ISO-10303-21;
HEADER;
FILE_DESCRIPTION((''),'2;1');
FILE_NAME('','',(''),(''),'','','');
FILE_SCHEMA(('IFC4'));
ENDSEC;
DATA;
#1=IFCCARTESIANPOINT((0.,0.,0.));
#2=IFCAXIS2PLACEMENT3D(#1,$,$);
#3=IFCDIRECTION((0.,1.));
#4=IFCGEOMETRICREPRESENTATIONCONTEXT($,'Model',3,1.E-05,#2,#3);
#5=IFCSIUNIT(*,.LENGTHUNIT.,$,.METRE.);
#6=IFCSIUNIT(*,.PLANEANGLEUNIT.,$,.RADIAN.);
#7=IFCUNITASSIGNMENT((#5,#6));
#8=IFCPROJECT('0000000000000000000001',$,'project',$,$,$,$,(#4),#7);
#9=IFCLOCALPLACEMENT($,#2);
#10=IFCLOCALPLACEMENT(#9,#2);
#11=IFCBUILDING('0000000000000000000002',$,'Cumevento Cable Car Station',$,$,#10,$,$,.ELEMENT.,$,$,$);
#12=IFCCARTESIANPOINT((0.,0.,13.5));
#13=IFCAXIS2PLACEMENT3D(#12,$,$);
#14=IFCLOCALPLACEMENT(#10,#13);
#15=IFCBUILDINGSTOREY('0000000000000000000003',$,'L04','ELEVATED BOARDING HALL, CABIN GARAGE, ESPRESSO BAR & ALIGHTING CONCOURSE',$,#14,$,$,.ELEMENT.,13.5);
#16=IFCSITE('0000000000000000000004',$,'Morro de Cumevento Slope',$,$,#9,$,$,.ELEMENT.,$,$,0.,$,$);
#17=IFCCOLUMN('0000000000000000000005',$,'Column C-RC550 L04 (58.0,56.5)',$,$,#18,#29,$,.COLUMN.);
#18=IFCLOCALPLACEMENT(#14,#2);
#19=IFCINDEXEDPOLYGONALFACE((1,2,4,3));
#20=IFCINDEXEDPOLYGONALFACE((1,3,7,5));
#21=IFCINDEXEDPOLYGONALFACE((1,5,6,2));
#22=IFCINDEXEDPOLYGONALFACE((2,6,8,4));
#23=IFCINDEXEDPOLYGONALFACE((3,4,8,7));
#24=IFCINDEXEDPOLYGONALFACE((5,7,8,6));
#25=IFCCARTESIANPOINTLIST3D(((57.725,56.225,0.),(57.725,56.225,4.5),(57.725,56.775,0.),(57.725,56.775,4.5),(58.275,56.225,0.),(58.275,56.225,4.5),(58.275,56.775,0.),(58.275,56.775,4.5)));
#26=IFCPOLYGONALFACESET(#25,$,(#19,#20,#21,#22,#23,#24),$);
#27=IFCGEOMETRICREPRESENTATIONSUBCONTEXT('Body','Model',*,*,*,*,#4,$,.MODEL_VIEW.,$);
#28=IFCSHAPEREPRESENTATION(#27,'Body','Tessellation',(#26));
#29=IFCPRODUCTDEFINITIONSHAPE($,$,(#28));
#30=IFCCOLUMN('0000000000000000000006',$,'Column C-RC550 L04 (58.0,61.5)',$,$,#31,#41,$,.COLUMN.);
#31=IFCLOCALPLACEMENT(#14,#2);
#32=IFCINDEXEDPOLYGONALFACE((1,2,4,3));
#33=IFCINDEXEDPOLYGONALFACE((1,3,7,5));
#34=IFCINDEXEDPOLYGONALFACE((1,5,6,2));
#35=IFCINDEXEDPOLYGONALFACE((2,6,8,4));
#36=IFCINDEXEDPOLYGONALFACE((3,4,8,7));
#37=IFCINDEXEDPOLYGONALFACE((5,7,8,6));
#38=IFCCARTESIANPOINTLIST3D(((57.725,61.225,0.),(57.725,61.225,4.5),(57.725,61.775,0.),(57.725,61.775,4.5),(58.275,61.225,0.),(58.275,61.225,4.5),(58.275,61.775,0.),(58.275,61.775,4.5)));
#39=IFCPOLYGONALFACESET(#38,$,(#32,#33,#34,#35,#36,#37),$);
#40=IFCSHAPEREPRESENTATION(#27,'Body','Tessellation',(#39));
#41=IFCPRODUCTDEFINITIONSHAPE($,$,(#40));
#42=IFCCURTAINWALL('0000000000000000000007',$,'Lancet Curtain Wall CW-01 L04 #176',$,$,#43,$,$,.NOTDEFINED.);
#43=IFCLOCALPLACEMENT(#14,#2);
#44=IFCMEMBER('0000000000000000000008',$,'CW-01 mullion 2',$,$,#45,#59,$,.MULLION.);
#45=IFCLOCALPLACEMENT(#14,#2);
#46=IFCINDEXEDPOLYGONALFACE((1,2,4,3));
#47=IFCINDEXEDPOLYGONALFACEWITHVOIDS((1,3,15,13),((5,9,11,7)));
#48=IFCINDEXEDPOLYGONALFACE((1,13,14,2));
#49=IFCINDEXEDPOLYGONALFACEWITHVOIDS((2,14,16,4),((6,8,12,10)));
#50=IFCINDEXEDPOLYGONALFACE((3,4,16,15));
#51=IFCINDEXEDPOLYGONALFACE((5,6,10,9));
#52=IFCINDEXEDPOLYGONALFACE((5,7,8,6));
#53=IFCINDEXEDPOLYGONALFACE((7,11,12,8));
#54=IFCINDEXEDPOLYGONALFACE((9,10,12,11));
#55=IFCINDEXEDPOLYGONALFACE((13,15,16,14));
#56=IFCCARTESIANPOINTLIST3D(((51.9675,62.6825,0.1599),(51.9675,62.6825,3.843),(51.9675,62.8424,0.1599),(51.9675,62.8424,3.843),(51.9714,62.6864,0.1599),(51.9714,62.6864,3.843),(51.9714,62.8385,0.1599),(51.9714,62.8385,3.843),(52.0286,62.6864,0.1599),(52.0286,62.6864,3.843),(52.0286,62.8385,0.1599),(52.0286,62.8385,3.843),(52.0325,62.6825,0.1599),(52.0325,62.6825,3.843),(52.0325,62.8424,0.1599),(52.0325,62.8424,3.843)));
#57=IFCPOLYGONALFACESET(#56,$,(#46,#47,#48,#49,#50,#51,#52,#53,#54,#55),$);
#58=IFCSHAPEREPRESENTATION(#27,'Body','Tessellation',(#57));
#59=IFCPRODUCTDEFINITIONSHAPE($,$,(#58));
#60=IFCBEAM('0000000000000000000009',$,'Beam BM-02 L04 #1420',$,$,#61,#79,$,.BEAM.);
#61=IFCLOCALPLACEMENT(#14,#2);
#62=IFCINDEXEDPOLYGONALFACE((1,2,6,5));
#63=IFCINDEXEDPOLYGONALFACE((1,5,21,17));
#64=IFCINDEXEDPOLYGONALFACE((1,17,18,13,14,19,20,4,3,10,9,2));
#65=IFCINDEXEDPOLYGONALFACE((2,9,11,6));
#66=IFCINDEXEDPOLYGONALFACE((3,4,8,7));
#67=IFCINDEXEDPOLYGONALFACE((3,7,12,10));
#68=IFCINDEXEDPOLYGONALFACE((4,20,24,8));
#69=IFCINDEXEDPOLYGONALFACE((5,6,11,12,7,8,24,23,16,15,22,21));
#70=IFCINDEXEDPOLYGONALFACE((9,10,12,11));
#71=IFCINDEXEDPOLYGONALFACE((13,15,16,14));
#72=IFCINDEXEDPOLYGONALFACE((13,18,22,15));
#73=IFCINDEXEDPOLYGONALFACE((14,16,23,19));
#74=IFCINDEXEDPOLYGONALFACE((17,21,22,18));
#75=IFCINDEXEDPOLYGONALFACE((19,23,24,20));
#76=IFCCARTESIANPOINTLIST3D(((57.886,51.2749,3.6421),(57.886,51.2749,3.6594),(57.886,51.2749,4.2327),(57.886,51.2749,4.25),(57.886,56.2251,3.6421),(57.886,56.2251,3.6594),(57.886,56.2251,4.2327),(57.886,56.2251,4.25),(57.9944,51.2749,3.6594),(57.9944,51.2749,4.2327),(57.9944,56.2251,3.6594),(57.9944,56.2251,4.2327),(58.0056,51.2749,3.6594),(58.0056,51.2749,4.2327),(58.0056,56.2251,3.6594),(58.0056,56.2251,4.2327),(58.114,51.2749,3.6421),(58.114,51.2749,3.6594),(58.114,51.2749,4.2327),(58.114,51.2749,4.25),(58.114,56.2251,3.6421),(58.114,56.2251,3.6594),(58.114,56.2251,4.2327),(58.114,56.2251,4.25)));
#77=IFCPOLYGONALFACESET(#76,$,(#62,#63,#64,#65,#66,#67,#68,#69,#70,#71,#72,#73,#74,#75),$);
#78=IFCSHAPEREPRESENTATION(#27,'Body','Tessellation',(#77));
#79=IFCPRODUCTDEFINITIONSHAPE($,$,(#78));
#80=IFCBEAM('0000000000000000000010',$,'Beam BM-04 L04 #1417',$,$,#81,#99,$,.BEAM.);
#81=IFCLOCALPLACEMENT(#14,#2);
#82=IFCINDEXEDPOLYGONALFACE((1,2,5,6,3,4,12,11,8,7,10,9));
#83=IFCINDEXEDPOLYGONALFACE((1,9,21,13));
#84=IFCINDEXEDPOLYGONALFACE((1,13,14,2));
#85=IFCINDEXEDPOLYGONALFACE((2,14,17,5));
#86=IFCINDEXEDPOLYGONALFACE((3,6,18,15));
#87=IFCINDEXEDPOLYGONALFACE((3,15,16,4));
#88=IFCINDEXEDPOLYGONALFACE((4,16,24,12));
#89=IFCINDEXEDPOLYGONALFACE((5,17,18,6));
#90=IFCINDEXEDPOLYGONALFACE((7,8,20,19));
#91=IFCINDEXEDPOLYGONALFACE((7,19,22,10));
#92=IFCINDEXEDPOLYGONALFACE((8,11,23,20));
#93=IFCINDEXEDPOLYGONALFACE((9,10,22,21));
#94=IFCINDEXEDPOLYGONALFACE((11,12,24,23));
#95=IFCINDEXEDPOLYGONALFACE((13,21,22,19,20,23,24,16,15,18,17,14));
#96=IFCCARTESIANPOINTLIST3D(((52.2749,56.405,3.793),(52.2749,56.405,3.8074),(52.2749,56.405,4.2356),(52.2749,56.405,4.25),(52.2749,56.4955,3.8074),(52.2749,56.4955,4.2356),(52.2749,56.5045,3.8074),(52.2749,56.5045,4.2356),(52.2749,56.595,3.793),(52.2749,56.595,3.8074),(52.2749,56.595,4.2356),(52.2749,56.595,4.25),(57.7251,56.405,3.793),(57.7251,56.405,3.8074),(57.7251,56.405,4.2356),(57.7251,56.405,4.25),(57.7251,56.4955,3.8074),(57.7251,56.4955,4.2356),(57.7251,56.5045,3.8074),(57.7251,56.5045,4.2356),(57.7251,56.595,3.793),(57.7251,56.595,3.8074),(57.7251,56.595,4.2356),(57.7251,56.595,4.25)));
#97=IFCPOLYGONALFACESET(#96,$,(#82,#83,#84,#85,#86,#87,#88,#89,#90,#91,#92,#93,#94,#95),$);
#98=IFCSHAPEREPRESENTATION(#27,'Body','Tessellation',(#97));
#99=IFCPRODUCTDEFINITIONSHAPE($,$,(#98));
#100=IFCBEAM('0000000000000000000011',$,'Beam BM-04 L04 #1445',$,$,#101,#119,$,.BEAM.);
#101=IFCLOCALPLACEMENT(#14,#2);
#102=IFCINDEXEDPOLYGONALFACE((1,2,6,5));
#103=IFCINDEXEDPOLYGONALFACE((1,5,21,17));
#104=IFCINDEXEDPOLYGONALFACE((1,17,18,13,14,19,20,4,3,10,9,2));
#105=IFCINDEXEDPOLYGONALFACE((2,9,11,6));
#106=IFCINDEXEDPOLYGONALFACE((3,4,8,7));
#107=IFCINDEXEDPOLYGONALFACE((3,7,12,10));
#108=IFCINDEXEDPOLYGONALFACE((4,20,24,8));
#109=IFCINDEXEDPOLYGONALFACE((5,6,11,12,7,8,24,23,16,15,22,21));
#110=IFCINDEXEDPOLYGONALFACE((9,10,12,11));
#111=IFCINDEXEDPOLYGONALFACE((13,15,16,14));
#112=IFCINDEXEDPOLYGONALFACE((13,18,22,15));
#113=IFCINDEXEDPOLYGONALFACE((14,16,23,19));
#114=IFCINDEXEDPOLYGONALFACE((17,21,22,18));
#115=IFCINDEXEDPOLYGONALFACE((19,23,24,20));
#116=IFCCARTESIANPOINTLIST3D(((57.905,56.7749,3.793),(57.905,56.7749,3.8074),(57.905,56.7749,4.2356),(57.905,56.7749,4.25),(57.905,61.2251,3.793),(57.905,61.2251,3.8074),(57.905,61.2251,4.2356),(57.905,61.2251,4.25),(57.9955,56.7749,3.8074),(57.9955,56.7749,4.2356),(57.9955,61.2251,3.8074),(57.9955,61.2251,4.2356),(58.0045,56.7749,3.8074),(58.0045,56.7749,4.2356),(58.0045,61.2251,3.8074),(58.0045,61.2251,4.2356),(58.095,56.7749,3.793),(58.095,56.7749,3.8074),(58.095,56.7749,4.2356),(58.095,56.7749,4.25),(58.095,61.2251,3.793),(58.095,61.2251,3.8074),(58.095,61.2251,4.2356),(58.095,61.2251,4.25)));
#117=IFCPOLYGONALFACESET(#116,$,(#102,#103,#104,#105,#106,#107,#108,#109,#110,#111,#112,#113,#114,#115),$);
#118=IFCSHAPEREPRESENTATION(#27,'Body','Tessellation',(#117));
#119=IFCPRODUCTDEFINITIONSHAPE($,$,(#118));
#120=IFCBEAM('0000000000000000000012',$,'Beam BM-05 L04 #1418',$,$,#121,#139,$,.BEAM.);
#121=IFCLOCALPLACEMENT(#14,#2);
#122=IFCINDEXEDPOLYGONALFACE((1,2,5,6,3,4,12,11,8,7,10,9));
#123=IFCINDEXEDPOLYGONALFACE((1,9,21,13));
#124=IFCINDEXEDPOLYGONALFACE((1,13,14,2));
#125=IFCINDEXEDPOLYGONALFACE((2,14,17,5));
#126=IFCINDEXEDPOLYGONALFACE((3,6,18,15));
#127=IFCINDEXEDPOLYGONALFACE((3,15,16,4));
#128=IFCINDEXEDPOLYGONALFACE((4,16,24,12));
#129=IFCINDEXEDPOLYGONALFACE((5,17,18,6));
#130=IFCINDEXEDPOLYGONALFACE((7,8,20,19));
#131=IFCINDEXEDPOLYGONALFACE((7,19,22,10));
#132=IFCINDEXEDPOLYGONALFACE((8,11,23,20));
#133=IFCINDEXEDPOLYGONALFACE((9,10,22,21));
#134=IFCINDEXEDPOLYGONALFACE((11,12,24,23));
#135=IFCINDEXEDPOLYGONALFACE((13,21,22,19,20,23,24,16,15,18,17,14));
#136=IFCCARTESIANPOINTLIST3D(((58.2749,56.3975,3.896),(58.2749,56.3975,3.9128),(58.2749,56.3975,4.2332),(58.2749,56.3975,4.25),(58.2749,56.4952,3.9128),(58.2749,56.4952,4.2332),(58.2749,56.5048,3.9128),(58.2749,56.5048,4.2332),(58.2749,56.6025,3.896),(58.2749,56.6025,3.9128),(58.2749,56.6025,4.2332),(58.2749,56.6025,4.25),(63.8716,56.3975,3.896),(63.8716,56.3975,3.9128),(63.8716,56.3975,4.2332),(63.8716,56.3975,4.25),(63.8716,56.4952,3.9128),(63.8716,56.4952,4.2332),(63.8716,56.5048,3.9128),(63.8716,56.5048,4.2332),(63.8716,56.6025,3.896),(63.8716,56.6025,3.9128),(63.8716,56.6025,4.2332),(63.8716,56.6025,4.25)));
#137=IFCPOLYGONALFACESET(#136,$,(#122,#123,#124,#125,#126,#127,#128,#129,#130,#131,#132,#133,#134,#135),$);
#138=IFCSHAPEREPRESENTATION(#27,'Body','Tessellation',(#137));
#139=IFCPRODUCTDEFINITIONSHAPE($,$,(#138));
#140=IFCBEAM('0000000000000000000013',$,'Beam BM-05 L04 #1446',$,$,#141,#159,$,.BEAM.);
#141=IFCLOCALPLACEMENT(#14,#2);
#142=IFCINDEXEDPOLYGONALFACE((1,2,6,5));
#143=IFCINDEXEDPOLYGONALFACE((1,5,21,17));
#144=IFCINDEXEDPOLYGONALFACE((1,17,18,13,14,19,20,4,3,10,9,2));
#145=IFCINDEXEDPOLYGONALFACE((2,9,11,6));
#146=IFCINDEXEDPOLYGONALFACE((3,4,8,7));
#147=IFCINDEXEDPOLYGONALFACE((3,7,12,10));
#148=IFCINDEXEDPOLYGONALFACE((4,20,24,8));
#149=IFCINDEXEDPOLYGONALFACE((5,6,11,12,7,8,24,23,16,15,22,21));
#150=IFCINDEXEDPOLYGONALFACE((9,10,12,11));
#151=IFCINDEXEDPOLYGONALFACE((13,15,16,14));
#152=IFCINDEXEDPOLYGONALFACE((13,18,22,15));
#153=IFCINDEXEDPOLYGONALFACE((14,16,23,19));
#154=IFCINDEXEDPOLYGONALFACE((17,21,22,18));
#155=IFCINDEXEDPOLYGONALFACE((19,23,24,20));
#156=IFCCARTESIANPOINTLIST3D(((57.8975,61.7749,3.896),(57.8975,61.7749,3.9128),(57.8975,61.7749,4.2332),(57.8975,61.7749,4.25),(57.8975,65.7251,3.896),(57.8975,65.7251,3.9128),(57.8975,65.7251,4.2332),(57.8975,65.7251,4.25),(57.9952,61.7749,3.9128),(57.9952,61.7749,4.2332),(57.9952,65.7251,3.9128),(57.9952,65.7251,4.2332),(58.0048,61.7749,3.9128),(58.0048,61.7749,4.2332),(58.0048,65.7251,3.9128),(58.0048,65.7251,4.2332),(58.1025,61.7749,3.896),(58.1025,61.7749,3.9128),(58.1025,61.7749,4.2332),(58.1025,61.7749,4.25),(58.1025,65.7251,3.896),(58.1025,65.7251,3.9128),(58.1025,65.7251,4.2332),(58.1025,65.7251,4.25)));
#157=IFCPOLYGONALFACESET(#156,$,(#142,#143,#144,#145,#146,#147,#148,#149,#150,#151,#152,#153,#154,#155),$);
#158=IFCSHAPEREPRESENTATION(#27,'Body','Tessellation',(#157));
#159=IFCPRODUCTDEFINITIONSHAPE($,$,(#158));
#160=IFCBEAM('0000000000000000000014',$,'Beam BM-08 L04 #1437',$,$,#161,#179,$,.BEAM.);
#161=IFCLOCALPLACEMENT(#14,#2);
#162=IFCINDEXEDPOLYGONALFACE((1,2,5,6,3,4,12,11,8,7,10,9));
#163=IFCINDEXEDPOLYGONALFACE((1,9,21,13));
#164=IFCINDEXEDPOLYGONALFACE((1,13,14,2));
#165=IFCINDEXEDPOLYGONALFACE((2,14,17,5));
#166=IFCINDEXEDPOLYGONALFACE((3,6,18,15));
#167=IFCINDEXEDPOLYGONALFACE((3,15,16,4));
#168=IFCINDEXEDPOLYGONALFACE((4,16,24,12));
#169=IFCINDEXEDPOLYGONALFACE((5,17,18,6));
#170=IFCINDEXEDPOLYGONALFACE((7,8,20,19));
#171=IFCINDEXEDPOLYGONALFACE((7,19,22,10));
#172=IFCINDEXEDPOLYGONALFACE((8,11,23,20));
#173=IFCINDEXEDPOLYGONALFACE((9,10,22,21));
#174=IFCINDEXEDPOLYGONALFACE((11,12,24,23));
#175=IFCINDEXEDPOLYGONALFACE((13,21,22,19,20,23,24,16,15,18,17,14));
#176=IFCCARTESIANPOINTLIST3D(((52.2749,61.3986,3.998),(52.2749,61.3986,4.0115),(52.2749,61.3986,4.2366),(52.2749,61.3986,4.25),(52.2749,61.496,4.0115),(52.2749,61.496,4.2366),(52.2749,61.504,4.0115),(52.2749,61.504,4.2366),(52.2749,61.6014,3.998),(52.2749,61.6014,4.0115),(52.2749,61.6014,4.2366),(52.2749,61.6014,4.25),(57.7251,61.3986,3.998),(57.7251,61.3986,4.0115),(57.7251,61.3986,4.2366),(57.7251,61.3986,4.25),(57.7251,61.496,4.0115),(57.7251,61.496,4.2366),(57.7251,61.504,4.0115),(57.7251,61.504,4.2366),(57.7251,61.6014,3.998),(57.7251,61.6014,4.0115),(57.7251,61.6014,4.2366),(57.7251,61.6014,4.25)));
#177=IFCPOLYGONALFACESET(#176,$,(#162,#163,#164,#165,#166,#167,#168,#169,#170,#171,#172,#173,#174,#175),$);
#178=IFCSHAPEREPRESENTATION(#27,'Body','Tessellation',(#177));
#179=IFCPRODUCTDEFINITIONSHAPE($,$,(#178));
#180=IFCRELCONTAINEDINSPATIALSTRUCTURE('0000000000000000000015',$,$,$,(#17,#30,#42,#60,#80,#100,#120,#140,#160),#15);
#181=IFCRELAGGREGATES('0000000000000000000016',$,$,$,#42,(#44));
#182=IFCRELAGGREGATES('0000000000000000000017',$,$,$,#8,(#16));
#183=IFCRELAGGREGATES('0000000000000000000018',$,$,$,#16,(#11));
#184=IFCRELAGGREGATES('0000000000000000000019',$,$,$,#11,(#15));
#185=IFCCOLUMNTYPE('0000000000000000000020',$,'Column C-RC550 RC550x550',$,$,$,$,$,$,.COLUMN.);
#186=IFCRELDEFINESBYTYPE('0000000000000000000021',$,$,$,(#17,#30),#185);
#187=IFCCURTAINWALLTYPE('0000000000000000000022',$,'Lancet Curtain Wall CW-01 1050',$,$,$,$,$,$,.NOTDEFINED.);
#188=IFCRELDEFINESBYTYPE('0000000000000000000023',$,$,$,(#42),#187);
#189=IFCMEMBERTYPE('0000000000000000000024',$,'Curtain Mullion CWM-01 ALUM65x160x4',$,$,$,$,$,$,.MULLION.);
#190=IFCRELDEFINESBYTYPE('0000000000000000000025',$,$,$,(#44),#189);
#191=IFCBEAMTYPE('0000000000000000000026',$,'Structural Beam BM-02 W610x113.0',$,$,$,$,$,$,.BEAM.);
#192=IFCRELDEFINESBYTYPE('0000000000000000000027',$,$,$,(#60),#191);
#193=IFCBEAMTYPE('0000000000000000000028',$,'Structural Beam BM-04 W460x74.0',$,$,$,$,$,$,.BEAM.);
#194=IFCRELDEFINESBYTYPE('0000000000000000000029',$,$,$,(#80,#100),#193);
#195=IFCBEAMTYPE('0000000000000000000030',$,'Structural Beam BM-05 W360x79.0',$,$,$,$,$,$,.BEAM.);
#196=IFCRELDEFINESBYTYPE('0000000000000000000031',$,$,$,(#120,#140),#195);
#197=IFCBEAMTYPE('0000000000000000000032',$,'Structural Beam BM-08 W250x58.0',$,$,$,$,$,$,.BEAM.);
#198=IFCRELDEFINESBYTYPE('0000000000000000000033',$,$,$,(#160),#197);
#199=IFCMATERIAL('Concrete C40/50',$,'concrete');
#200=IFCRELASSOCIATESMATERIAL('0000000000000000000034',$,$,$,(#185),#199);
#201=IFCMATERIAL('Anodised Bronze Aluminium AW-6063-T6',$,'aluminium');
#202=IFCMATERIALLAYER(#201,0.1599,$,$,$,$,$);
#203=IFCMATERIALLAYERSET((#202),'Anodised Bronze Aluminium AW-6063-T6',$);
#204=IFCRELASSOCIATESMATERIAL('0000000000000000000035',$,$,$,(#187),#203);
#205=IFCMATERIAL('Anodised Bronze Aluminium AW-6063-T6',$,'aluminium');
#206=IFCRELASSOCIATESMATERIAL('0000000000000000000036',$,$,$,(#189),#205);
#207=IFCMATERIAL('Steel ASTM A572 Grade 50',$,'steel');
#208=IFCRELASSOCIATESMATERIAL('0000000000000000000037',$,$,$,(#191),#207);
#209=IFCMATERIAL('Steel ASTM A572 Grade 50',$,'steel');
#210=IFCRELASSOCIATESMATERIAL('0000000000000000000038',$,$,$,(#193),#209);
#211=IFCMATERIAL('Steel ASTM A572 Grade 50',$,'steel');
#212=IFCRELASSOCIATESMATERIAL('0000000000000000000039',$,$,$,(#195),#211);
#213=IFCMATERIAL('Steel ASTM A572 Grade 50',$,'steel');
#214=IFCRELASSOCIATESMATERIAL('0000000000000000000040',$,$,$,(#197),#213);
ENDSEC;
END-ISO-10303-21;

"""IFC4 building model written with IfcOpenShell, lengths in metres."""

from ifc_helpers import new_model, si_unit, direction, frame, origin, origin_2d, place, context, subcontext, project, spatial, rectangle, hollow_rectangle, i_section, extrude, material, layer, layer_set, material_profile, profile_set, type_object, element, aggregate, save


model = new_model("IFC4")

# Units and contexts
model_context = context("Model", 3, precision=1e-05, world=origin(), true_north=direction((0.0, 1.0)))
body_context = subcontext(model_context, "Body", "Model", "MODEL_VIEW")
ifc_project = project(units=[si_unit("LENGTHUNIT", "METRE"), si_unit("PLANEANGLEUNIT", "RADIAN")], contexts=[model_context])

# Site, building, storey
site_placement = place(None, origin())
site = spatial("IfcSite", under=ifc_project, at=site_placement, Name="Morro de Cumevento Slope", CompositionType="ELEMENT", RefElevation=0.0)
building_placement = place(site_placement, origin())
building = spatial("IfcBuilding", under=site, at=building_placement, Name="Cumevento Cable Car Station", CompositionType="ELEMENT")
storey_placement = place(building_placement, frame((0.0, 0.0, 13.5)))
storey = spatial("IfcBuildingStorey", under=building, at=storey_placement, Name="L04", Description="ELEVATED BOARDING HALL, CABIN GARAGE, ESPRESSO BAR & ALIGHTING CONCOURSE", CompositionType="ELEMENT", Elevation=13.5)

# Columns
ifc_material_1 = material(Name="Concrete C40/50", Category="concrete")
ifc_material_profile_1 = material_profile(ifc_material_1, rectangle(XDim=0.55, YDim=0.55, at=origin_2d()), Name="RC550x550")
ifc_profile_set_1 = profile_set([ifc_material_profile_1], Name="Concrete C40/50")
column_type = type_object("IfcColumnType", Name="Column C-RC550 RC550x550", PredefinedType="COLUMN", material=ifc_profile_set_1)
for number, where, z_axis, x_axis, name in (
    (1, (58.0, 56.5, 0.0), (0.0, 0.0, 1.0), (1.0, 0.0, 0.0), "Column C-RC550 L04 (58.0,56.5)"),
    (2, (58.0, 61.5, 0.0), (0.0, 0.0, 1.0), (1.0, 0.0, 0.0), "Column C-RC550 L04 (58.0,61.5)"),
):
    element("IfcColumn", number, at=place(storey_placement, frame(where, z_axis=z_axis, x_axis=x_axis)), inside=storey, type_object=column_type, Name=name, PredefinedType="COLUMN", context=body_context, shape_type="SweptSolid", body=[
        extrude(rectangle(XDim=0.55, YDim=0.55, at=origin_2d()), origin(), (0.0, 0.0, 1.0), 4.5),
    ])

# Curtain wall, member
ifc_material_2 = material(Name="Anodised Bronze Aluminium AW-6063-T6", Category="aluminium")
ifc_layer_1 = layer(ifc_material_2, 0.1599)
ifc_layer_set_1 = layer_set([ifc_layer_1], Name="Anodised Bronze Aluminium AW-6063-T6")
curtain_wall_type = type_object("IfcCurtainWallType", Name="Lancet Curtain Wall CW-01 1050", PredefinedType="NOTDEFINED", material=ifc_layer_set_1)
curtain_wall_placement = place(storey_placement, origin())
curtain_wall = element("IfcCurtainWall", 3, at=curtain_wall_placement, inside=storey, type_object=curtain_wall_type, Name="Lancet Curtain Wall CW-01 L04 #176", PredefinedType="NOTDEFINED")
ifc_material_3 = material(Name="Anodised Bronze Aluminium AW-6063-T6", Category="aluminium")
ifc_material_profile_2 = material_profile(ifc_material_3, hollow_rectangle(XDim=0.0649, YDim=0.1599, WallThickness=0.0039, at=origin_2d()), Name="ALUM65x160x4")
ifc_profile_set_2 = profile_set([ifc_material_profile_2], Name="Anodised Bronze Aluminium AW-6063-T6")
member_type = type_object("IfcMemberType", Name="Curtain Mullion CWM-01 ALUM65x160x4", PredefinedType="MULLION", material=ifc_profile_set_2)
member_placement = place(storey_placement, frame((52.0, 62.7625, 0.1599), z_axis=(0.0, 0.0, 1.0), x_axis=(-1.0, 0.0, 0.0)))
member = element("IfcMember", 4, at=member_placement, type_object=member_type, Name="CW-01 mullion 2", PredefinedType="MULLION", context=body_context, shape_type="SweptSolid", body=[
    extrude(hollow_rectangle(XDim=0.0649, YDim=0.1599, WallThickness=0.0039, at=origin_2d()), origin(), (0.0, 0.0, 1.0), 3.6831),
])

# Beams
ifc_material_4 = material(Name="Steel ASTM A572 Grade 50", Category="steel")
ifc_material_profile_3 = material_profile(ifc_material_4, i_section(OverallWidth=0.228, OverallDepth=0.6079, WebThickness=0.0112, FlangeThickness=0.0173, at=origin_2d()), Name="W610x113.0")
ifc_profile_set_3 = profile_set([ifc_material_profile_3], Name="Steel ASTM A572 Grade 50")
beam_type_1 = type_object("IfcBeamType", Name="Structural Beam BM-02 W610x113.0", PredefinedType="BEAM", material=ifc_profile_set_3)
beam_1_placement = place(storey_placement, frame((58.0, 51.2749, 3.946), z_axis=(0.0, 1.0, 0.0), x_axis=(-1.0, 0.0, 0.0)))
element("IfcBeam", 5, at=beam_1_placement, inside=storey, type_object=beam_type_1, Name="Beam BM-02 L04 #1420", PredefinedType="BEAM", context=body_context, shape_type="SweptSolid", body=[
    extrude(i_section(OverallWidth=0.228, OverallDepth=0.6079, WebThickness=0.0112, FlangeThickness=0.0173, at=origin_2d()), origin(), (0.0, 0.0, 1.0), 4.9502),
])
ifc_material_5 = material(Name="Steel ASTM A572 Grade 50", Category="steel")
ifc_material_profile_4 = material_profile(ifc_material_5, i_section(OverallWidth=0.1899, OverallDepth=0.457, WebThickness=0.009, FlangeThickness=0.0144, at=origin_2d()), Name="W460x74.0")
ifc_profile_set_4 = profile_set([ifc_material_profile_4], Name="Steel ASTM A572 Grade 50")
beam_type_2 = type_object("IfcBeamType", Name="Structural Beam BM-04 W460x74.0", PredefinedType="BEAM", material=ifc_profile_set_4)
beam_2_placement = place(storey_placement, frame((52.2749, 56.5, 4.0215), z_axis=(1.0, 0.0, 0.0), x_axis=(0.0, 1.0, 0.0)))
element("IfcBeam", 6, at=beam_2_placement, inside=storey, type_object=beam_type_2, Name="Beam BM-04 L04 #1417", PredefinedType="BEAM", context=body_context, shape_type="SweptSolid", body=[
    extrude(i_section(OverallWidth=0.1899, OverallDepth=0.457, WebThickness=0.009, FlangeThickness=0.0144, at=origin_2d()), origin(), (0.0, 0.0, 1.0), 5.4502),
])
beam_3_placement = place(storey_placement, frame((58.0, 56.7749, 4.0215), z_axis=(0.0, 1.0, 0.0), x_axis=(-1.0, 0.0, 0.0)))
element("IfcBeam", 7, at=beam_3_placement, inside=storey, type_object=beam_type_2, Name="Beam BM-04 L04 #1445", PredefinedType="BEAM", context=body_context, shape_type="SweptSolid", body=[
    extrude(i_section(OverallWidth=0.1899, OverallDepth=0.457, WebThickness=0.009, FlangeThickness=0.0144, at=origin_2d()), origin(), (0.0, 0.0, 1.0), 4.4502),
])
ifc_material_6 = material(Name="Steel ASTM A572 Grade 50", Category="steel")
ifc_material_profile_5 = material_profile(ifc_material_6, i_section(OverallWidth=0.2051, OverallDepth=0.354, WebThickness=0.0095, FlangeThickness=0.0168, at=origin_2d()), Name="W360x79.0")
ifc_profile_set_5 = profile_set([ifc_material_profile_5], Name="Steel ASTM A572 Grade 50")
beam_type_3 = type_object("IfcBeamType", Name="Structural Beam BM-05 W360x79.0", PredefinedType="BEAM", material=ifc_profile_set_5)
beam_4_placement = place(storey_placement, frame((58.2749, 56.5, 4.073), z_axis=(1.0, 0.0, 0.0), x_axis=(0.0, 1.0, 0.0)))
element("IfcBeam", 8, at=beam_4_placement, inside=storey, type_object=beam_type_3, Name="Beam BM-05 L04 #1418", PredefinedType="BEAM", context=body_context, shape_type="SweptSolid", body=[
    extrude(i_section(OverallWidth=0.2051, OverallDepth=0.354, WebThickness=0.0095, FlangeThickness=0.0168, at=origin_2d()), origin(), (0.0, 0.0, 1.0), 5.5967),
])
beam_5_placement = place(storey_placement, frame((58.0, 61.7749, 4.073), z_axis=(0.0, 1.0, 0.0), x_axis=(-1.0, 0.0, 0.0)))
element("IfcBeam", 9, at=beam_5_placement, inside=storey, type_object=beam_type_3, Name="Beam BM-05 L04 #1446", PredefinedType="BEAM", context=body_context, shape_type="SweptSolid", body=[
    extrude(i_section(OverallWidth=0.2051, OverallDepth=0.354, WebThickness=0.0095, FlangeThickness=0.0168, at=origin_2d()), origin(), (0.0, 0.0, 1.0), 3.9502),
])
ifc_material_7 = material(Name="Steel ASTM A572 Grade 50", Category="steel")
ifc_material_profile_6 = material_profile(ifc_material_7, i_section(OverallWidth=0.2029, OverallDepth=0.252, WebThickness=0.0081, FlangeThickness=0.0134, at=origin_2d()), Name="W250x58.0")
ifc_profile_set_6 = profile_set([ifc_material_profile_6], Name="Steel ASTM A572 Grade 50")
beam_type_4 = type_object("IfcBeamType", Name="Structural Beam BM-08 W250x58.0", PredefinedType="BEAM", material=ifc_profile_set_6)
beam_6_placement = place(storey_placement, frame((52.2749, 61.5, 4.124), z_axis=(1.0, 0.0, 0.0), x_axis=(0.0, 1.0, 0.0)))
element("IfcBeam", 10, at=beam_6_placement, inside=storey, type_object=beam_type_4, Name="Beam BM-08 L04 #1437", PredefinedType="BEAM", context=body_context, shape_type="SweptSolid", body=[
    extrude(i_section(OverallWidth=0.2029, OverallDepth=0.252, WebThickness=0.0081, FlangeThickness=0.0134, at=origin_2d()), origin(), (0.0, 0.0, 1.0), 5.4502),
])

aggregate(curtain_wall, [member])

save(model, "model.ifc")
